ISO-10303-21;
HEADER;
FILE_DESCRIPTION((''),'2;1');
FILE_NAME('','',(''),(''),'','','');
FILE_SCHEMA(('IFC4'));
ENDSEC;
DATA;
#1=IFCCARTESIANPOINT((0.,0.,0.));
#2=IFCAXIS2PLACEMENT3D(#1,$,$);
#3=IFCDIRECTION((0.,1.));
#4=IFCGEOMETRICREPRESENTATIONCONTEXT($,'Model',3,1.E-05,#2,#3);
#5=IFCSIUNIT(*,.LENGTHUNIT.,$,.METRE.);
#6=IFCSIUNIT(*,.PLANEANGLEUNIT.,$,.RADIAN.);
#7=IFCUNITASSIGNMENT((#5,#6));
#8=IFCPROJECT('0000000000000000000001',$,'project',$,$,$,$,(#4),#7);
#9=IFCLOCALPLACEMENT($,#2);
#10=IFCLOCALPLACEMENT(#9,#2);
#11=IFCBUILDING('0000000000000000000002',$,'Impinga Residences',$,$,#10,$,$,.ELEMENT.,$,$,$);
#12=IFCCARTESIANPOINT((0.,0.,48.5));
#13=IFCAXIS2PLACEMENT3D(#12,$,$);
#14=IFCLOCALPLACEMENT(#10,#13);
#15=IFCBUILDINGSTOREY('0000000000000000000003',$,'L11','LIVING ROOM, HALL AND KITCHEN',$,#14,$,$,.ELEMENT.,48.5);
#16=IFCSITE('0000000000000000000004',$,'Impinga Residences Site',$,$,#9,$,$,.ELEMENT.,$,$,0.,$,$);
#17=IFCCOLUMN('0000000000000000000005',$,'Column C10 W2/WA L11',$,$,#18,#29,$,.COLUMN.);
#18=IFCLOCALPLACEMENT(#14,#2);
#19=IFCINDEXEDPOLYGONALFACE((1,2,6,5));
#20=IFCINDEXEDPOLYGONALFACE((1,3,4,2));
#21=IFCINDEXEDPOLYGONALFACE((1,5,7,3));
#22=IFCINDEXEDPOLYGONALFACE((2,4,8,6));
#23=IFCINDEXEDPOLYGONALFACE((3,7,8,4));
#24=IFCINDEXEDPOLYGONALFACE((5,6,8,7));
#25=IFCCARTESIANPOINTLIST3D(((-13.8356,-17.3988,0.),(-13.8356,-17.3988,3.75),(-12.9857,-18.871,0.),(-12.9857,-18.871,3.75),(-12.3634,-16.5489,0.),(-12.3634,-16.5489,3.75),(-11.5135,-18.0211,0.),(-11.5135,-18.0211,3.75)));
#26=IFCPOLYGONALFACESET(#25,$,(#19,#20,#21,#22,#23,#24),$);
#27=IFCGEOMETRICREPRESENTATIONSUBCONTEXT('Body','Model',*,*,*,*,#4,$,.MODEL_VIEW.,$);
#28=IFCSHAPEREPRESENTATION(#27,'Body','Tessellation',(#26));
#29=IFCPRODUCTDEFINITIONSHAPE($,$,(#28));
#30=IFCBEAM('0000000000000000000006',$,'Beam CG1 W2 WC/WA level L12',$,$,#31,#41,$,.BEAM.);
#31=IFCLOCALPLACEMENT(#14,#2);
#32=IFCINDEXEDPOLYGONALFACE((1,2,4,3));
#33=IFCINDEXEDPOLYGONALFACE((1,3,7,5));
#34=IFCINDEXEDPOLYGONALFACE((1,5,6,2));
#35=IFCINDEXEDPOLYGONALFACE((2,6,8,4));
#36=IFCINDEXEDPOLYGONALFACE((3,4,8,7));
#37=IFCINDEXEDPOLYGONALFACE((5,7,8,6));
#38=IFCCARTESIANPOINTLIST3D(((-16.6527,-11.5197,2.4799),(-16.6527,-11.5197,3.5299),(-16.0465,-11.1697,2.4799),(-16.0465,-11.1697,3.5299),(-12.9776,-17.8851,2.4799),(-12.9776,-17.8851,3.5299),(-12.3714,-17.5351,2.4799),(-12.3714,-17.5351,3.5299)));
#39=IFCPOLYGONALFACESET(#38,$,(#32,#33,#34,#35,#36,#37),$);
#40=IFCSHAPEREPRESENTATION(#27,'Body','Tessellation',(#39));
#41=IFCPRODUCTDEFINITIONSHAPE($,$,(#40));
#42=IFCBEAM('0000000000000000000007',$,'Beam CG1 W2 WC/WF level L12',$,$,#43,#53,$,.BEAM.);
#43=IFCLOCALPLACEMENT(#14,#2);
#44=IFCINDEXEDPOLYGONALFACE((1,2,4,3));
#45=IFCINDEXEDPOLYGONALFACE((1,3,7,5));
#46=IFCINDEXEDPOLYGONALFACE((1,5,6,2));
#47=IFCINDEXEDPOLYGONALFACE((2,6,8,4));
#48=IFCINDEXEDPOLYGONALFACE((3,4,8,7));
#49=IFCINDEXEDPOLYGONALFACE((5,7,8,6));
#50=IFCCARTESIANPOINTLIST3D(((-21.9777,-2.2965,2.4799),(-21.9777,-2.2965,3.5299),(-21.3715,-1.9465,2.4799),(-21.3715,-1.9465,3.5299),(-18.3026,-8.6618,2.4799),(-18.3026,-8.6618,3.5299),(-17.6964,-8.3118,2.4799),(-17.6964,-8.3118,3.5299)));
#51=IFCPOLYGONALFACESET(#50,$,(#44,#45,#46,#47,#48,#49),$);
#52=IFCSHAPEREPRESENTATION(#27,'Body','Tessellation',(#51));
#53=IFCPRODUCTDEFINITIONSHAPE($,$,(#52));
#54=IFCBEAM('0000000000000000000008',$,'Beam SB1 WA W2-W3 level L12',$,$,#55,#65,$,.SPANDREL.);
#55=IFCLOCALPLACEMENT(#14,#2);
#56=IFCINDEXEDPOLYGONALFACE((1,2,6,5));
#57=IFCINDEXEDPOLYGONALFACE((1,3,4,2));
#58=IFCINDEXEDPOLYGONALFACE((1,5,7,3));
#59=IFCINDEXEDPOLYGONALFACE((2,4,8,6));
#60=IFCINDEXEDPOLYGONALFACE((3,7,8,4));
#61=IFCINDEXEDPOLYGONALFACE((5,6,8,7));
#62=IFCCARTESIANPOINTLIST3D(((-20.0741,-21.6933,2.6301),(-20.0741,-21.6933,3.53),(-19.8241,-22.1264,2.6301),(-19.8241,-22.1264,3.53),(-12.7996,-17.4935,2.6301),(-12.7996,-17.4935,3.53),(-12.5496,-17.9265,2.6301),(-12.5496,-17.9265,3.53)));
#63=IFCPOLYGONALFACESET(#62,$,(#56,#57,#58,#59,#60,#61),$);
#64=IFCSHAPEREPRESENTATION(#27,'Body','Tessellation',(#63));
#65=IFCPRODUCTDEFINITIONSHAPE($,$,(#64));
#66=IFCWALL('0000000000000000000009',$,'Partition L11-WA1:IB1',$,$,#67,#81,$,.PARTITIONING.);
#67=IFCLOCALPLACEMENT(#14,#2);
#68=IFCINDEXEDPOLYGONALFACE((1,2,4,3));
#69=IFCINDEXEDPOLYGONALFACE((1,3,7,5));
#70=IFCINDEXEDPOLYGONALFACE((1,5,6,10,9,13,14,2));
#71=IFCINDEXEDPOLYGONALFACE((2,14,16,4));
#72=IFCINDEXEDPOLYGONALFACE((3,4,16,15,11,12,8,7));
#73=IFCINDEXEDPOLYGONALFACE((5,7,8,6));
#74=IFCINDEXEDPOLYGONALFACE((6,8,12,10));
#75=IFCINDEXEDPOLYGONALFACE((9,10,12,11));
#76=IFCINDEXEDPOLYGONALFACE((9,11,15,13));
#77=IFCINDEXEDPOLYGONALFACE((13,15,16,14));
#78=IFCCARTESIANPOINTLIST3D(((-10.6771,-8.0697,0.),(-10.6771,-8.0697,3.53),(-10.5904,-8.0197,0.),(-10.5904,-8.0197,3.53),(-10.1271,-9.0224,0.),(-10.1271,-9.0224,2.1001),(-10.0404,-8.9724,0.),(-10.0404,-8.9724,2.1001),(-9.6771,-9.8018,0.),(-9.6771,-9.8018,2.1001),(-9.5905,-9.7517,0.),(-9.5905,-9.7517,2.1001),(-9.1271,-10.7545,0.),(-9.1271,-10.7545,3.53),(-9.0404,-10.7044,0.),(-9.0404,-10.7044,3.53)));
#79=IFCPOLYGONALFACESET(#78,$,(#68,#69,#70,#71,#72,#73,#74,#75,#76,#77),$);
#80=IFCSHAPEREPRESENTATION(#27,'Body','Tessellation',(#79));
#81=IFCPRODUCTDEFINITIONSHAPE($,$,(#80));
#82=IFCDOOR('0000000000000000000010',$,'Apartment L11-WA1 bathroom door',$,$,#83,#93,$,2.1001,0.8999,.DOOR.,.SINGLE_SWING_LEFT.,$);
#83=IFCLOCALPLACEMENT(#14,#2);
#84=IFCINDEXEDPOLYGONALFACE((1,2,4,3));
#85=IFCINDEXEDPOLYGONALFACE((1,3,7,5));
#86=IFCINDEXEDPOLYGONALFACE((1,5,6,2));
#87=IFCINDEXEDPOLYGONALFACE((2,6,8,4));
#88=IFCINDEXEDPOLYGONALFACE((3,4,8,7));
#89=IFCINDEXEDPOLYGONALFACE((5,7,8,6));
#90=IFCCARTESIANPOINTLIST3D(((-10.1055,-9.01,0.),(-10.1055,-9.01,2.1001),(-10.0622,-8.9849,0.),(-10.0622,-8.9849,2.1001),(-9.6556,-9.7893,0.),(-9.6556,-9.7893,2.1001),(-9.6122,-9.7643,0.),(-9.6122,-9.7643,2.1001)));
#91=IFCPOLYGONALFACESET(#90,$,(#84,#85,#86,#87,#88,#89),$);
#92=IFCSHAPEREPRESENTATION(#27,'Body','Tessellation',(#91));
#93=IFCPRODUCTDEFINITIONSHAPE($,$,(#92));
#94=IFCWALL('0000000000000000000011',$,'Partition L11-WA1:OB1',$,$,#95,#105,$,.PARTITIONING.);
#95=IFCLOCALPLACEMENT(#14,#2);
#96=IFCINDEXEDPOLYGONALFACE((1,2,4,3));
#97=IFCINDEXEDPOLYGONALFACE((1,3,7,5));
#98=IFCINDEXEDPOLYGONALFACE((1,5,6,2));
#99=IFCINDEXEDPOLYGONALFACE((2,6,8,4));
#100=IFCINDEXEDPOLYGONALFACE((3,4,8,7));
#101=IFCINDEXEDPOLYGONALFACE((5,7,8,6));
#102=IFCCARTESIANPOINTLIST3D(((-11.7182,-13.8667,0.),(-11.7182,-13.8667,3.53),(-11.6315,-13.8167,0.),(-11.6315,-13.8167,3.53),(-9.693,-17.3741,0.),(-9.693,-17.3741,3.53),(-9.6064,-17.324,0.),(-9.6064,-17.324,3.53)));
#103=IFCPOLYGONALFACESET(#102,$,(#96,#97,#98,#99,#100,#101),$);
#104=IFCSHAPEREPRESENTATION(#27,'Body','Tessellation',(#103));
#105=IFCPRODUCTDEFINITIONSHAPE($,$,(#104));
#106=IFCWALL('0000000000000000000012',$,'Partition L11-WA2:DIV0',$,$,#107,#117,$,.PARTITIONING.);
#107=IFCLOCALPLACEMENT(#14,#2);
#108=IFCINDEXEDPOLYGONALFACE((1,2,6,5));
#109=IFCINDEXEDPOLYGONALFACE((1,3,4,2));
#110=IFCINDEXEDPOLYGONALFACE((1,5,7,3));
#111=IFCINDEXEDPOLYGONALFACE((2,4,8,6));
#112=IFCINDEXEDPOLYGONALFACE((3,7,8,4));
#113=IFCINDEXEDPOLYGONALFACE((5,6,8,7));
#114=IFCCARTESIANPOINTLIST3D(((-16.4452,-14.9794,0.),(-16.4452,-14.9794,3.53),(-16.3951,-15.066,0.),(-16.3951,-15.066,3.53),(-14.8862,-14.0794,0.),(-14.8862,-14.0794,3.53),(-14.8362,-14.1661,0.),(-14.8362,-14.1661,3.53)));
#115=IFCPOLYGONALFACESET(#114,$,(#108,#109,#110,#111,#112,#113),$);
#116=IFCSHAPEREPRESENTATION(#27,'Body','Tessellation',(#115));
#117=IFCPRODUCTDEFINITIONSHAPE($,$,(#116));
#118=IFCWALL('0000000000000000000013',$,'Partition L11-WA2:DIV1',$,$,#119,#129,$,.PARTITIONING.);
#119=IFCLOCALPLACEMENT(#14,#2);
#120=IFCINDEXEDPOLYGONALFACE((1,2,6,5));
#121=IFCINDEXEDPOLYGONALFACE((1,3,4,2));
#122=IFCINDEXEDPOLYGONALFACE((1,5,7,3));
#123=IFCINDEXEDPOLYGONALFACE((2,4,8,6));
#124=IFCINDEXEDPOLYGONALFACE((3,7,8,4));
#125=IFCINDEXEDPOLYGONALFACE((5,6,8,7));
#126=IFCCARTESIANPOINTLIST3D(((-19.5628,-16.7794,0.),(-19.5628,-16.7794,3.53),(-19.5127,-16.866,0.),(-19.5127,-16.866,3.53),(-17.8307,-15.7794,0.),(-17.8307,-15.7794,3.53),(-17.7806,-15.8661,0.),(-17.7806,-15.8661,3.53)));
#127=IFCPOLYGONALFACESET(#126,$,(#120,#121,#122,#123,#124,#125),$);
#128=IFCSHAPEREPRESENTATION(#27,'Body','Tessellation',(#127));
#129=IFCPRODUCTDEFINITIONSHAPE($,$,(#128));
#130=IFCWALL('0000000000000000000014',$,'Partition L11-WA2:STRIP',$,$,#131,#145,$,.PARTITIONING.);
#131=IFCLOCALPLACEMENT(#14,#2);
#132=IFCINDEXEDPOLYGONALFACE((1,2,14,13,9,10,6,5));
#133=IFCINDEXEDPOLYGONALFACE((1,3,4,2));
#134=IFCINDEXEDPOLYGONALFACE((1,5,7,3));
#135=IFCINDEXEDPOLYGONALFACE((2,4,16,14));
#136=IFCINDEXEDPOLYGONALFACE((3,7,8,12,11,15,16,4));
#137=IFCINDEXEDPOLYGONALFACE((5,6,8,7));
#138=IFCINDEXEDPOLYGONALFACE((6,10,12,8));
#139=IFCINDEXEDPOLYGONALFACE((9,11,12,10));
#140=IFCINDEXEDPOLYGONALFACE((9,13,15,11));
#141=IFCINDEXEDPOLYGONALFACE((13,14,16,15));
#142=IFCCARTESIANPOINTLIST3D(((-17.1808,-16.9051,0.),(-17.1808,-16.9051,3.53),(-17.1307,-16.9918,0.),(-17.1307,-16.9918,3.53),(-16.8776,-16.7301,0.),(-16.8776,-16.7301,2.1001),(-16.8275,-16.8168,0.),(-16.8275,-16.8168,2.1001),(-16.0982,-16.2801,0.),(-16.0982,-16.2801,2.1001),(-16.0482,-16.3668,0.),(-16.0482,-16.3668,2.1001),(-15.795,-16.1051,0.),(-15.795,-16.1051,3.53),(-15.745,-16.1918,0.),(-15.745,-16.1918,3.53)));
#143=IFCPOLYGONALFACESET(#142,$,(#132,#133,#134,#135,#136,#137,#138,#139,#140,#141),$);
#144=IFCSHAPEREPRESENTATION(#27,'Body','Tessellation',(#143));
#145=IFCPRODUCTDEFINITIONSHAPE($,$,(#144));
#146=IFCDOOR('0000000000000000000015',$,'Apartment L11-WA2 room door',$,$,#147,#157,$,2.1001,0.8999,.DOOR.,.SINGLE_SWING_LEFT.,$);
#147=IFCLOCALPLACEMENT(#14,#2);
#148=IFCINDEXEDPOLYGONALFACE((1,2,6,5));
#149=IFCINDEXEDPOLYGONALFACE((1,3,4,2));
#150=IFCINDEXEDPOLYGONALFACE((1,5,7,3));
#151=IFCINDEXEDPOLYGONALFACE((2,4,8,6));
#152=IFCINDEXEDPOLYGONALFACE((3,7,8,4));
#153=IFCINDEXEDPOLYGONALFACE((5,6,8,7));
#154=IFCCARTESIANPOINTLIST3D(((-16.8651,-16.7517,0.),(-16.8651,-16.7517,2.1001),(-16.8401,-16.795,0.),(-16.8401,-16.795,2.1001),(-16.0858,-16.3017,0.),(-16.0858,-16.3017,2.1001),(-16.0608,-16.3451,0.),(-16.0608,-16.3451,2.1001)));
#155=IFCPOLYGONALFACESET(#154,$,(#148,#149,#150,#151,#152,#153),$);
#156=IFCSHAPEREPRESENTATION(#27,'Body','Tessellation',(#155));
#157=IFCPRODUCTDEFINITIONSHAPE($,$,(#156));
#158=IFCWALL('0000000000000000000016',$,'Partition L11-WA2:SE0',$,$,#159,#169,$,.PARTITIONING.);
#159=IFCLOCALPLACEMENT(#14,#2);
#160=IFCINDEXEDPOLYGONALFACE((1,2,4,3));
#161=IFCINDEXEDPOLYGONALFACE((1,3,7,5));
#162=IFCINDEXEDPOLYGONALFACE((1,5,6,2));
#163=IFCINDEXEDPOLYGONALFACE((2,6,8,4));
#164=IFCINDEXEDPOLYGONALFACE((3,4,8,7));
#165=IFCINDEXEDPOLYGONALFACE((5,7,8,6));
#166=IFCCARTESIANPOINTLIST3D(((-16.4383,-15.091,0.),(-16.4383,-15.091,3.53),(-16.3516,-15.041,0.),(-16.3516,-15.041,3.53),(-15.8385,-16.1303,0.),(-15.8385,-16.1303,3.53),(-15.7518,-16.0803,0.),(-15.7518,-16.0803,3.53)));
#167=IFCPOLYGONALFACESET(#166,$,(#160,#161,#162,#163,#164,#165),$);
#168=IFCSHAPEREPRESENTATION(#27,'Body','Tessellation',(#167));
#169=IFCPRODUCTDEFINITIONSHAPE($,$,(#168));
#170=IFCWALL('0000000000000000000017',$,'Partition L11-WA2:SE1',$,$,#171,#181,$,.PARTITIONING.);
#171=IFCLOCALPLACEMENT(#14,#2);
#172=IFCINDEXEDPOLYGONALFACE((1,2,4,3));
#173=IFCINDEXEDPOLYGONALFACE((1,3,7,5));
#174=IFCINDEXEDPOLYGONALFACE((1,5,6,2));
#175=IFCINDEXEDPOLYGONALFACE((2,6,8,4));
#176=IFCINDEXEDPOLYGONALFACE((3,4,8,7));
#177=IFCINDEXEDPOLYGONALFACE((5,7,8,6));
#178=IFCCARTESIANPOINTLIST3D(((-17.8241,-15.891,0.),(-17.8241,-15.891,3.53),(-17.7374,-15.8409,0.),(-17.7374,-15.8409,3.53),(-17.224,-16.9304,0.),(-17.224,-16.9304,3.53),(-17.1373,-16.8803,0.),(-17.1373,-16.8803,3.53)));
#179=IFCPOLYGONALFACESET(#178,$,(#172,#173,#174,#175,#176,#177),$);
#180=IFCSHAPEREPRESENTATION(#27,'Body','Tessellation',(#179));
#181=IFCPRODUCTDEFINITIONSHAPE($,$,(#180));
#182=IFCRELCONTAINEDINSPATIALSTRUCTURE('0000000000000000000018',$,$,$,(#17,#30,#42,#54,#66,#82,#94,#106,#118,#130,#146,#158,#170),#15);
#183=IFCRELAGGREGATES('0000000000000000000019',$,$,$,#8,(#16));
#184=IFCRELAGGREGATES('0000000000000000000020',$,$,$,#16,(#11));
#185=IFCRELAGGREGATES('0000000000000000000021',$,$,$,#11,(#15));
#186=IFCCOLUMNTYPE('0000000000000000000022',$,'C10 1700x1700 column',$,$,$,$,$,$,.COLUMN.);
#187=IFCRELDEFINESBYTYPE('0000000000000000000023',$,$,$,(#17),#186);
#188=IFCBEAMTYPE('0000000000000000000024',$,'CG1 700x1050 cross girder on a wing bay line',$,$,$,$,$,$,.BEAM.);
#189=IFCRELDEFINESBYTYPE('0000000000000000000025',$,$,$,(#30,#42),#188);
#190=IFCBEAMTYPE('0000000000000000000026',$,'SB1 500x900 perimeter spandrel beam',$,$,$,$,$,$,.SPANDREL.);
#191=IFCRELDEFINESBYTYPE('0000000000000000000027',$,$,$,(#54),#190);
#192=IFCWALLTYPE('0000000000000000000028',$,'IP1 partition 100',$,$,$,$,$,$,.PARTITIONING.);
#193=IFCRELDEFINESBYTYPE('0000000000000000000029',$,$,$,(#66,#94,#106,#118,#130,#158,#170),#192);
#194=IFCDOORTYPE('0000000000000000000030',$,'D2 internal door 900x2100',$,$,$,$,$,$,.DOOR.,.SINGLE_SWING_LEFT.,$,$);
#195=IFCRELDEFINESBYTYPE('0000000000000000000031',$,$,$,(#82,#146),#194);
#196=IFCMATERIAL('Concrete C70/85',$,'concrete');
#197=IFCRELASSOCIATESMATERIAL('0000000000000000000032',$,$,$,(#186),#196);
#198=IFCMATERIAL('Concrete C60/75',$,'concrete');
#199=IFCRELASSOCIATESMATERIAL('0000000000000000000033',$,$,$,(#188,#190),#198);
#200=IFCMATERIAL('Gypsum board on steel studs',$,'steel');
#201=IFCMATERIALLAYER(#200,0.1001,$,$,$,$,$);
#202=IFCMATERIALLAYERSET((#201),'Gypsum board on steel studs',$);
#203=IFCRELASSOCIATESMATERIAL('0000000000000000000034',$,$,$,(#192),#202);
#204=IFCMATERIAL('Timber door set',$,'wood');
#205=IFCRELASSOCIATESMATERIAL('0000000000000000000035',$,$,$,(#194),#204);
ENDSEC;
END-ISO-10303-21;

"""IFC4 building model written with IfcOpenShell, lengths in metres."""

from ifc_helpers import new_model, si_unit, direction, frame, frame_2d, origin, origin_2d, place, context, subcontext, project, spatial, rectangle, extrude, material, layer, layer_set, material_profile, profile_set, type_object, element, fill, save


model = new_model("IFC4")

# Units and contexts
model_context = context("Model", 3, precision=1e-05, world=origin(), true_north=direction((0.0, 1.0)))
body_context = subcontext(model_context, "Body", "Model", "MODEL_VIEW")
ifc_project = project(units=[si_unit("LENGTHUNIT", "METRE"), si_unit("PLANEANGLEUNIT", "RADIAN")], contexts=[model_context])

# Site, building, storey
site_placement = place(None, origin())
site = spatial("IfcSite", under=ifc_project, at=site_placement, Name="Impinga Residences Site", CompositionType="ELEMENT", RefElevation=0.0)
building_placement = place(site_placement, origin())
building = spatial("IfcBuilding", under=site, at=building_placement, Name="Impinga Residences", CompositionType="ELEMENT")
storey_placement = place(building_placement, frame((0.0, 0.0, 48.5)))
storey = spatial("IfcBuildingStorey", under=building, at=storey_placement, Name="L11", Description="LIVING ROOM, HALL AND KITCHEN", CompositionType="ELEMENT", Elevation=48.5)

# Column
ifc_material_1 = material(Name="Concrete C70/85", Category="concrete")
ifc_material_profile_1 = material_profile(ifc_material_1, rectangle(XDim=1.7, YDim=1.7, at=origin_2d()), Name="RC 1700x1700")
ifc_profile_set_1 = profile_set([ifc_material_profile_1], Name="Concrete C70/85")
column_type = type_object("IfcColumnType", Name="C10 1700x1700 column", PredefinedType="COLUMN", material=ifc_profile_set_1)
column_placement = place(storey_placement, frame((-12.6746, -17.71, 0.0), z_axis=(0.0, 0.0, 1.0), x_axis=(-0.5, 0.866025, 0.0)))
element("IfcColumn", 1, at=column_placement, inside=storey, type_object=column_type, Name="Column C10 W2/WA L11", PredefinedType="COLUMN", context=body_context, shape_type="SweptSolid", body=[
    extrude(rectangle(XDim=1.7, YDim=1.7, at=origin_2d()), origin(), (0.0, 0.0, 1.0), 3.75),
])

# Beams
ifc_material_2 = material(Name="Concrete C60/75", Category="concrete")
ifc_material_profile_2 = material_profile(ifc_material_2, rectangle(XDim=0.7, YDim=1.05, at=origin_2d()), Name="RC 700x1050")
ifc_profile_set_2 = profile_set([ifc_material_profile_2], Name="Concrete C60/75")
beam_type_1 = type_object("IfcBeamType", Name="CG1 700x1050 cross girder on a wing bay line", PredefinedType="BEAM", material=ifc_profile_set_2)
for number, where, z_axis, x_axis, name in (
    (2, (-16.3496, -11.3447, 3.0049), (0.500008, -0.866021, 0.0), (0.866021, 0.500008, 0.0), "Beam CG1 W2 WC/WA level L12"),
    (3, (-17.9995, -8.4868, 3.0049), (-0.500008, 0.866021, 0.0), (-0.866021, -0.500008, 0.0), "Beam CG1 W2 WC/WF level L12"),
):
    element("IfcBeam", number, at=place(storey_placement, frame(where, z_axis=z_axis, x_axis=x_axis)), inside=storey, type_object=beam_type_1, Name=name, PredefinedType="BEAM", context=body_context, shape_type="SweptSolid", body=[
        extrude(rectangle(XDim=0.7, YDim=1.05, at=origin_2d()), origin(), (0.0, 0.0, 1.0), 7.3501),
    ])
ifc_material_profile_3 = material_profile(ifc_material_2, rectangle(XDim=0.5, YDim=0.8999, at=origin_2d()), Name="RC 500x900")
ifc_profile_set_3 = profile_set([ifc_material_profile_3], Name="Concrete C60/75")
beam_type_2 = type_object("IfcBeamType", Name="SB1 500x900 perimeter spandrel beam", PredefinedType="SPANDREL", material=ifc_profile_set_3)
beam_placement = place(storey_placement, frame((-12.6746, -17.71, 3.0801), z_axis=(-0.866029, -0.499993, 0.0), x_axis=(0.499993, -0.866029, 0.0)))
element("IfcBeam", 4, at=beam_placement, inside=storey, type_object=beam_type_2, Name="Beam SB1 WA W2-W3 level L12", PredefinedType="SPANDREL", context=body_context, shape_type="SweptSolid", body=[
    extrude(rectangle(XDim=0.5, YDim=0.8999, at=origin_2d()), origin(), (0.0, 0.0, 1.0), 8.3999),
])

# Wall, opening, door
ifc_material_3 = material(Name="Gypsum board on steel studs", Category="steel")
ifc_layer_1 = layer(ifc_material_3, 0.1001)
ifc_layer_set_1 = layer_set([ifc_layer_1], Name="Gypsum board on steel studs")
wall_type_1 = type_object("IfcWallType", Name="IP1 partition 100", PredefinedType="PARTITIONING", material=ifc_layer_set_1)
wall_1_placement = place(storey_placement, frame((-10.6338, -8.0447, 0.0), z_axis=(0.0, 0.0, 1.0), x_axis=(0.499993, -0.86603, 0.0)))
wall_1 = element("IfcWall", 5, at=wall_1_placement, inside=storey, type_object=wall_type_1, Name="Partition L11-WA1:IB1", PredefinedType="PARTITIONING", context=body_context, shape_type="SweptSolid", body=[
    extrude(rectangle(XDim=3.1001, YDim=0.1001, at=frame_2d((1.55, 0.0))), origin(), (0.0, 0.0, 1.0), 3.53),
])
opening_1_placement = place(wall_1_placement, frame((1.1001, 0.0, 0.0)))
opening_1 = element("IfcOpeningElement", 6, at=opening_1_placement, cuts=wall_1, PredefinedType="OPENING", context=body_context, shape_type="SweptSolid", body=[
    extrude(rectangle(XDim=0.8999, YDim=2.1001, at=frame_2d((0.45, 1.05))), frame((0.0, 0.0601, 0.0), z_axis=(0.0, -1.0, 0.0), x_axis=(1.0, 0.0, 0.0)), (0.0, 0.0, 1.0), 0.1201),
])
ifc_material_4 = material(Name="Timber door set", Category="wood")
door_type = type_object("IfcDoorType", Name="D2 internal door 900x2100", OperationType="SINGLE_SWING_LEFT", PredefinedType="DOOR", material=ifc_material_4)
door_1_placement = place(opening_1_placement, origin())
door_1 = element("IfcDoor", 7, at=door_1_placement, inside=storey, type_object=door_type, Name="Apartment L11-WA1 bathroom door", OperationType="SINGLE_SWING_LEFT", OverallHeight=2.1001, OverallWidth=0.8999, PredefinedType="DOOR", context=body_context, shape_type="SweptSolid", body=[
    extrude(rectangle(XDim=0.8999, YDim=2.1001, at=frame_2d((0.45, 1.05))), frame((0.0, 0.0249, 0.0), z_axis=(0.0, -1.0, 0.0), x_axis=(1.0, 0.0, 0.0)), (0.0, 0.0, 1.0), 0.05),
])
fill(opening_1, door_1)

# Walls
wall_2_placement = place(storey_placement, frame((-11.6748, -13.8418, 0.0), z_axis=(0.0, 0.0, 1.0), x_axis=(0.500036, -0.866005, 0.0)))
element("IfcWall", 8, at=wall_2_placement, inside=storey, type_object=wall_type_1, Name="Partition L11-WA1:OB1", PredefinedType="PARTITIONING", context=body_context, shape_type="SweptSolid", body=[
    extrude(rectangle(XDim=4.05, YDim=0.1001, at=frame_2d((2.0249, 0.0))), origin(), (0.0, 0.0, 1.0), 3.53),
])
wall_3_placement = place(storey_placement, frame((-14.8613, -14.1228, 0.0), z_axis=(0.0, 0.0, 1.0), x_axis=(-0.866048, -0.499961, 0.0)))
element("IfcWall", 9, at=wall_3_placement, inside=storey, type_object=wall_type_1, Name="Partition L11-WA2:DIV0", PredefinedType="PARTITIONING", context=body_context, shape_type="SweptSolid", body=[
    extrude(rectangle(XDim=1.8, YDim=0.1001, at=frame_2d((0.8999, 0.0))), origin(), (0.0, 0.0, 1.0), 3.53),
])
wall_4_placement = place(storey_placement, frame((-17.8057, -15.8228, 0.0), z_axis=(0.0, 0.0, 1.0), x_axis=(-0.866041, -0.499973, 0.0)))
element("IfcWall", 10, at=wall_4_placement, inside=storey, type_object=wall_type_1, Name="Partition L11-WA2:DIV1", PredefinedType="PARTITIONING", context=body_context, shape_type="SweptSolid", body=[
    extrude(rectangle(XDim=2.0, YDim=0.1001, at=frame_2d((1.0, 0.0))), origin(), (0.0, 0.0, 1.0), 3.53),
])

# Wall, opening, door
wall_5_placement = place(storey_placement, frame((-15.77, -16.1484, 0.0), z_axis=(0.0, 0.0, 1.0), x_axis=(-0.866028, -0.499995, 0.0)))
wall_5 = element("IfcWall", 11, at=wall_5_placement, inside=storey, type_object=wall_type_1, Name="Partition L11-WA2:STRIP", PredefinedType="PARTITIONING", context=body_context, shape_type="SweptSolid", body=[
    extrude(rectangle(XDim=1.6001, YDim=0.1001, at=frame_2d((0.8, 0.0))), origin(), (0.0, 0.0, 1.0), 3.53),
])
opening_2_placement = place(wall_5_placement, frame((0.3501, 0.0, 0.0)))
opening_2 = element("IfcOpeningElement", 12, at=opening_2_placement, cuts=wall_5, PredefinedType="OPENING", context=body_context, shape_type="SweptSolid", body=[
    extrude(rectangle(XDim=0.8999, YDim=2.1001, at=frame_2d((0.45, 1.05))), frame((0.0, 0.0601, 0.0), z_axis=(0.0, -1.0, 0.0), x_axis=(1.0, 0.0, 0.0)), (0.0, 0.0, 1.0), 0.1201),
])
door_2_placement = place(opening_2_placement, origin())
door_2 = element("IfcDoor", 13, at=door_2_placement, inside=storey, type_object=door_type, Name="Apartment L11-WA2 room door", OperationType="SINGLE_SWING_LEFT", OverallHeight=2.1001, OverallWidth=0.8999, PredefinedType="DOOR", context=body_context, shape_type="SweptSolid", body=[
    extrude(rectangle(XDim=0.8999, YDim=2.1001, at=frame_2d((0.45, 1.05))), frame((0.0, 0.0249, 0.0), z_axis=(0.0, -1.0, 0.0), x_axis=(1.0, 0.0, 0.0)), (0.0, 0.0, 1.0), 0.05),
])
fill(opening_2, door_2)

# Walls
wall_6_placement = place(storey_placement, frame((-16.395, -15.0659, 0.0), z_axis=(0.0, 0.0, 1.0), x_axis=(0.499881, -0.866094, 0.0)))
element("IfcWall", 14, at=wall_6_placement, inside=storey, type_object=wall_type_1, Name="Partition L11-WA2:SE0", PredefinedType="PARTITIONING", context=body_context, shape_type="SweptSolid", body=[
    extrude(rectangle(XDim=1.2, YDim=0.1001, at=frame_2d((0.6001, 0.0))), origin(), (0.0, 0.0, 1.0), 3.53),
])
wall_7_placement = place(storey_placement, frame((-17.7808, -15.866, 0.0), z_axis=(0.0, 0.0, 1.0), x_axis=(0.500034, -0.866006, 0.0)))
element("IfcWall", 15, at=wall_7_placement, inside=storey, type_object=wall_type_1, Name="Partition L11-WA2:SE1", PredefinedType="PARTITIONING", context=body_context, shape_type="SweptSolid", body=[
    extrude(rectangle(XDim=1.2002, YDim=0.1001, at=frame_2d((0.6001, 0.0))), origin(), (0.0, 0.0, 1.0), 3.53),
])

save(model, "model.ifc")
